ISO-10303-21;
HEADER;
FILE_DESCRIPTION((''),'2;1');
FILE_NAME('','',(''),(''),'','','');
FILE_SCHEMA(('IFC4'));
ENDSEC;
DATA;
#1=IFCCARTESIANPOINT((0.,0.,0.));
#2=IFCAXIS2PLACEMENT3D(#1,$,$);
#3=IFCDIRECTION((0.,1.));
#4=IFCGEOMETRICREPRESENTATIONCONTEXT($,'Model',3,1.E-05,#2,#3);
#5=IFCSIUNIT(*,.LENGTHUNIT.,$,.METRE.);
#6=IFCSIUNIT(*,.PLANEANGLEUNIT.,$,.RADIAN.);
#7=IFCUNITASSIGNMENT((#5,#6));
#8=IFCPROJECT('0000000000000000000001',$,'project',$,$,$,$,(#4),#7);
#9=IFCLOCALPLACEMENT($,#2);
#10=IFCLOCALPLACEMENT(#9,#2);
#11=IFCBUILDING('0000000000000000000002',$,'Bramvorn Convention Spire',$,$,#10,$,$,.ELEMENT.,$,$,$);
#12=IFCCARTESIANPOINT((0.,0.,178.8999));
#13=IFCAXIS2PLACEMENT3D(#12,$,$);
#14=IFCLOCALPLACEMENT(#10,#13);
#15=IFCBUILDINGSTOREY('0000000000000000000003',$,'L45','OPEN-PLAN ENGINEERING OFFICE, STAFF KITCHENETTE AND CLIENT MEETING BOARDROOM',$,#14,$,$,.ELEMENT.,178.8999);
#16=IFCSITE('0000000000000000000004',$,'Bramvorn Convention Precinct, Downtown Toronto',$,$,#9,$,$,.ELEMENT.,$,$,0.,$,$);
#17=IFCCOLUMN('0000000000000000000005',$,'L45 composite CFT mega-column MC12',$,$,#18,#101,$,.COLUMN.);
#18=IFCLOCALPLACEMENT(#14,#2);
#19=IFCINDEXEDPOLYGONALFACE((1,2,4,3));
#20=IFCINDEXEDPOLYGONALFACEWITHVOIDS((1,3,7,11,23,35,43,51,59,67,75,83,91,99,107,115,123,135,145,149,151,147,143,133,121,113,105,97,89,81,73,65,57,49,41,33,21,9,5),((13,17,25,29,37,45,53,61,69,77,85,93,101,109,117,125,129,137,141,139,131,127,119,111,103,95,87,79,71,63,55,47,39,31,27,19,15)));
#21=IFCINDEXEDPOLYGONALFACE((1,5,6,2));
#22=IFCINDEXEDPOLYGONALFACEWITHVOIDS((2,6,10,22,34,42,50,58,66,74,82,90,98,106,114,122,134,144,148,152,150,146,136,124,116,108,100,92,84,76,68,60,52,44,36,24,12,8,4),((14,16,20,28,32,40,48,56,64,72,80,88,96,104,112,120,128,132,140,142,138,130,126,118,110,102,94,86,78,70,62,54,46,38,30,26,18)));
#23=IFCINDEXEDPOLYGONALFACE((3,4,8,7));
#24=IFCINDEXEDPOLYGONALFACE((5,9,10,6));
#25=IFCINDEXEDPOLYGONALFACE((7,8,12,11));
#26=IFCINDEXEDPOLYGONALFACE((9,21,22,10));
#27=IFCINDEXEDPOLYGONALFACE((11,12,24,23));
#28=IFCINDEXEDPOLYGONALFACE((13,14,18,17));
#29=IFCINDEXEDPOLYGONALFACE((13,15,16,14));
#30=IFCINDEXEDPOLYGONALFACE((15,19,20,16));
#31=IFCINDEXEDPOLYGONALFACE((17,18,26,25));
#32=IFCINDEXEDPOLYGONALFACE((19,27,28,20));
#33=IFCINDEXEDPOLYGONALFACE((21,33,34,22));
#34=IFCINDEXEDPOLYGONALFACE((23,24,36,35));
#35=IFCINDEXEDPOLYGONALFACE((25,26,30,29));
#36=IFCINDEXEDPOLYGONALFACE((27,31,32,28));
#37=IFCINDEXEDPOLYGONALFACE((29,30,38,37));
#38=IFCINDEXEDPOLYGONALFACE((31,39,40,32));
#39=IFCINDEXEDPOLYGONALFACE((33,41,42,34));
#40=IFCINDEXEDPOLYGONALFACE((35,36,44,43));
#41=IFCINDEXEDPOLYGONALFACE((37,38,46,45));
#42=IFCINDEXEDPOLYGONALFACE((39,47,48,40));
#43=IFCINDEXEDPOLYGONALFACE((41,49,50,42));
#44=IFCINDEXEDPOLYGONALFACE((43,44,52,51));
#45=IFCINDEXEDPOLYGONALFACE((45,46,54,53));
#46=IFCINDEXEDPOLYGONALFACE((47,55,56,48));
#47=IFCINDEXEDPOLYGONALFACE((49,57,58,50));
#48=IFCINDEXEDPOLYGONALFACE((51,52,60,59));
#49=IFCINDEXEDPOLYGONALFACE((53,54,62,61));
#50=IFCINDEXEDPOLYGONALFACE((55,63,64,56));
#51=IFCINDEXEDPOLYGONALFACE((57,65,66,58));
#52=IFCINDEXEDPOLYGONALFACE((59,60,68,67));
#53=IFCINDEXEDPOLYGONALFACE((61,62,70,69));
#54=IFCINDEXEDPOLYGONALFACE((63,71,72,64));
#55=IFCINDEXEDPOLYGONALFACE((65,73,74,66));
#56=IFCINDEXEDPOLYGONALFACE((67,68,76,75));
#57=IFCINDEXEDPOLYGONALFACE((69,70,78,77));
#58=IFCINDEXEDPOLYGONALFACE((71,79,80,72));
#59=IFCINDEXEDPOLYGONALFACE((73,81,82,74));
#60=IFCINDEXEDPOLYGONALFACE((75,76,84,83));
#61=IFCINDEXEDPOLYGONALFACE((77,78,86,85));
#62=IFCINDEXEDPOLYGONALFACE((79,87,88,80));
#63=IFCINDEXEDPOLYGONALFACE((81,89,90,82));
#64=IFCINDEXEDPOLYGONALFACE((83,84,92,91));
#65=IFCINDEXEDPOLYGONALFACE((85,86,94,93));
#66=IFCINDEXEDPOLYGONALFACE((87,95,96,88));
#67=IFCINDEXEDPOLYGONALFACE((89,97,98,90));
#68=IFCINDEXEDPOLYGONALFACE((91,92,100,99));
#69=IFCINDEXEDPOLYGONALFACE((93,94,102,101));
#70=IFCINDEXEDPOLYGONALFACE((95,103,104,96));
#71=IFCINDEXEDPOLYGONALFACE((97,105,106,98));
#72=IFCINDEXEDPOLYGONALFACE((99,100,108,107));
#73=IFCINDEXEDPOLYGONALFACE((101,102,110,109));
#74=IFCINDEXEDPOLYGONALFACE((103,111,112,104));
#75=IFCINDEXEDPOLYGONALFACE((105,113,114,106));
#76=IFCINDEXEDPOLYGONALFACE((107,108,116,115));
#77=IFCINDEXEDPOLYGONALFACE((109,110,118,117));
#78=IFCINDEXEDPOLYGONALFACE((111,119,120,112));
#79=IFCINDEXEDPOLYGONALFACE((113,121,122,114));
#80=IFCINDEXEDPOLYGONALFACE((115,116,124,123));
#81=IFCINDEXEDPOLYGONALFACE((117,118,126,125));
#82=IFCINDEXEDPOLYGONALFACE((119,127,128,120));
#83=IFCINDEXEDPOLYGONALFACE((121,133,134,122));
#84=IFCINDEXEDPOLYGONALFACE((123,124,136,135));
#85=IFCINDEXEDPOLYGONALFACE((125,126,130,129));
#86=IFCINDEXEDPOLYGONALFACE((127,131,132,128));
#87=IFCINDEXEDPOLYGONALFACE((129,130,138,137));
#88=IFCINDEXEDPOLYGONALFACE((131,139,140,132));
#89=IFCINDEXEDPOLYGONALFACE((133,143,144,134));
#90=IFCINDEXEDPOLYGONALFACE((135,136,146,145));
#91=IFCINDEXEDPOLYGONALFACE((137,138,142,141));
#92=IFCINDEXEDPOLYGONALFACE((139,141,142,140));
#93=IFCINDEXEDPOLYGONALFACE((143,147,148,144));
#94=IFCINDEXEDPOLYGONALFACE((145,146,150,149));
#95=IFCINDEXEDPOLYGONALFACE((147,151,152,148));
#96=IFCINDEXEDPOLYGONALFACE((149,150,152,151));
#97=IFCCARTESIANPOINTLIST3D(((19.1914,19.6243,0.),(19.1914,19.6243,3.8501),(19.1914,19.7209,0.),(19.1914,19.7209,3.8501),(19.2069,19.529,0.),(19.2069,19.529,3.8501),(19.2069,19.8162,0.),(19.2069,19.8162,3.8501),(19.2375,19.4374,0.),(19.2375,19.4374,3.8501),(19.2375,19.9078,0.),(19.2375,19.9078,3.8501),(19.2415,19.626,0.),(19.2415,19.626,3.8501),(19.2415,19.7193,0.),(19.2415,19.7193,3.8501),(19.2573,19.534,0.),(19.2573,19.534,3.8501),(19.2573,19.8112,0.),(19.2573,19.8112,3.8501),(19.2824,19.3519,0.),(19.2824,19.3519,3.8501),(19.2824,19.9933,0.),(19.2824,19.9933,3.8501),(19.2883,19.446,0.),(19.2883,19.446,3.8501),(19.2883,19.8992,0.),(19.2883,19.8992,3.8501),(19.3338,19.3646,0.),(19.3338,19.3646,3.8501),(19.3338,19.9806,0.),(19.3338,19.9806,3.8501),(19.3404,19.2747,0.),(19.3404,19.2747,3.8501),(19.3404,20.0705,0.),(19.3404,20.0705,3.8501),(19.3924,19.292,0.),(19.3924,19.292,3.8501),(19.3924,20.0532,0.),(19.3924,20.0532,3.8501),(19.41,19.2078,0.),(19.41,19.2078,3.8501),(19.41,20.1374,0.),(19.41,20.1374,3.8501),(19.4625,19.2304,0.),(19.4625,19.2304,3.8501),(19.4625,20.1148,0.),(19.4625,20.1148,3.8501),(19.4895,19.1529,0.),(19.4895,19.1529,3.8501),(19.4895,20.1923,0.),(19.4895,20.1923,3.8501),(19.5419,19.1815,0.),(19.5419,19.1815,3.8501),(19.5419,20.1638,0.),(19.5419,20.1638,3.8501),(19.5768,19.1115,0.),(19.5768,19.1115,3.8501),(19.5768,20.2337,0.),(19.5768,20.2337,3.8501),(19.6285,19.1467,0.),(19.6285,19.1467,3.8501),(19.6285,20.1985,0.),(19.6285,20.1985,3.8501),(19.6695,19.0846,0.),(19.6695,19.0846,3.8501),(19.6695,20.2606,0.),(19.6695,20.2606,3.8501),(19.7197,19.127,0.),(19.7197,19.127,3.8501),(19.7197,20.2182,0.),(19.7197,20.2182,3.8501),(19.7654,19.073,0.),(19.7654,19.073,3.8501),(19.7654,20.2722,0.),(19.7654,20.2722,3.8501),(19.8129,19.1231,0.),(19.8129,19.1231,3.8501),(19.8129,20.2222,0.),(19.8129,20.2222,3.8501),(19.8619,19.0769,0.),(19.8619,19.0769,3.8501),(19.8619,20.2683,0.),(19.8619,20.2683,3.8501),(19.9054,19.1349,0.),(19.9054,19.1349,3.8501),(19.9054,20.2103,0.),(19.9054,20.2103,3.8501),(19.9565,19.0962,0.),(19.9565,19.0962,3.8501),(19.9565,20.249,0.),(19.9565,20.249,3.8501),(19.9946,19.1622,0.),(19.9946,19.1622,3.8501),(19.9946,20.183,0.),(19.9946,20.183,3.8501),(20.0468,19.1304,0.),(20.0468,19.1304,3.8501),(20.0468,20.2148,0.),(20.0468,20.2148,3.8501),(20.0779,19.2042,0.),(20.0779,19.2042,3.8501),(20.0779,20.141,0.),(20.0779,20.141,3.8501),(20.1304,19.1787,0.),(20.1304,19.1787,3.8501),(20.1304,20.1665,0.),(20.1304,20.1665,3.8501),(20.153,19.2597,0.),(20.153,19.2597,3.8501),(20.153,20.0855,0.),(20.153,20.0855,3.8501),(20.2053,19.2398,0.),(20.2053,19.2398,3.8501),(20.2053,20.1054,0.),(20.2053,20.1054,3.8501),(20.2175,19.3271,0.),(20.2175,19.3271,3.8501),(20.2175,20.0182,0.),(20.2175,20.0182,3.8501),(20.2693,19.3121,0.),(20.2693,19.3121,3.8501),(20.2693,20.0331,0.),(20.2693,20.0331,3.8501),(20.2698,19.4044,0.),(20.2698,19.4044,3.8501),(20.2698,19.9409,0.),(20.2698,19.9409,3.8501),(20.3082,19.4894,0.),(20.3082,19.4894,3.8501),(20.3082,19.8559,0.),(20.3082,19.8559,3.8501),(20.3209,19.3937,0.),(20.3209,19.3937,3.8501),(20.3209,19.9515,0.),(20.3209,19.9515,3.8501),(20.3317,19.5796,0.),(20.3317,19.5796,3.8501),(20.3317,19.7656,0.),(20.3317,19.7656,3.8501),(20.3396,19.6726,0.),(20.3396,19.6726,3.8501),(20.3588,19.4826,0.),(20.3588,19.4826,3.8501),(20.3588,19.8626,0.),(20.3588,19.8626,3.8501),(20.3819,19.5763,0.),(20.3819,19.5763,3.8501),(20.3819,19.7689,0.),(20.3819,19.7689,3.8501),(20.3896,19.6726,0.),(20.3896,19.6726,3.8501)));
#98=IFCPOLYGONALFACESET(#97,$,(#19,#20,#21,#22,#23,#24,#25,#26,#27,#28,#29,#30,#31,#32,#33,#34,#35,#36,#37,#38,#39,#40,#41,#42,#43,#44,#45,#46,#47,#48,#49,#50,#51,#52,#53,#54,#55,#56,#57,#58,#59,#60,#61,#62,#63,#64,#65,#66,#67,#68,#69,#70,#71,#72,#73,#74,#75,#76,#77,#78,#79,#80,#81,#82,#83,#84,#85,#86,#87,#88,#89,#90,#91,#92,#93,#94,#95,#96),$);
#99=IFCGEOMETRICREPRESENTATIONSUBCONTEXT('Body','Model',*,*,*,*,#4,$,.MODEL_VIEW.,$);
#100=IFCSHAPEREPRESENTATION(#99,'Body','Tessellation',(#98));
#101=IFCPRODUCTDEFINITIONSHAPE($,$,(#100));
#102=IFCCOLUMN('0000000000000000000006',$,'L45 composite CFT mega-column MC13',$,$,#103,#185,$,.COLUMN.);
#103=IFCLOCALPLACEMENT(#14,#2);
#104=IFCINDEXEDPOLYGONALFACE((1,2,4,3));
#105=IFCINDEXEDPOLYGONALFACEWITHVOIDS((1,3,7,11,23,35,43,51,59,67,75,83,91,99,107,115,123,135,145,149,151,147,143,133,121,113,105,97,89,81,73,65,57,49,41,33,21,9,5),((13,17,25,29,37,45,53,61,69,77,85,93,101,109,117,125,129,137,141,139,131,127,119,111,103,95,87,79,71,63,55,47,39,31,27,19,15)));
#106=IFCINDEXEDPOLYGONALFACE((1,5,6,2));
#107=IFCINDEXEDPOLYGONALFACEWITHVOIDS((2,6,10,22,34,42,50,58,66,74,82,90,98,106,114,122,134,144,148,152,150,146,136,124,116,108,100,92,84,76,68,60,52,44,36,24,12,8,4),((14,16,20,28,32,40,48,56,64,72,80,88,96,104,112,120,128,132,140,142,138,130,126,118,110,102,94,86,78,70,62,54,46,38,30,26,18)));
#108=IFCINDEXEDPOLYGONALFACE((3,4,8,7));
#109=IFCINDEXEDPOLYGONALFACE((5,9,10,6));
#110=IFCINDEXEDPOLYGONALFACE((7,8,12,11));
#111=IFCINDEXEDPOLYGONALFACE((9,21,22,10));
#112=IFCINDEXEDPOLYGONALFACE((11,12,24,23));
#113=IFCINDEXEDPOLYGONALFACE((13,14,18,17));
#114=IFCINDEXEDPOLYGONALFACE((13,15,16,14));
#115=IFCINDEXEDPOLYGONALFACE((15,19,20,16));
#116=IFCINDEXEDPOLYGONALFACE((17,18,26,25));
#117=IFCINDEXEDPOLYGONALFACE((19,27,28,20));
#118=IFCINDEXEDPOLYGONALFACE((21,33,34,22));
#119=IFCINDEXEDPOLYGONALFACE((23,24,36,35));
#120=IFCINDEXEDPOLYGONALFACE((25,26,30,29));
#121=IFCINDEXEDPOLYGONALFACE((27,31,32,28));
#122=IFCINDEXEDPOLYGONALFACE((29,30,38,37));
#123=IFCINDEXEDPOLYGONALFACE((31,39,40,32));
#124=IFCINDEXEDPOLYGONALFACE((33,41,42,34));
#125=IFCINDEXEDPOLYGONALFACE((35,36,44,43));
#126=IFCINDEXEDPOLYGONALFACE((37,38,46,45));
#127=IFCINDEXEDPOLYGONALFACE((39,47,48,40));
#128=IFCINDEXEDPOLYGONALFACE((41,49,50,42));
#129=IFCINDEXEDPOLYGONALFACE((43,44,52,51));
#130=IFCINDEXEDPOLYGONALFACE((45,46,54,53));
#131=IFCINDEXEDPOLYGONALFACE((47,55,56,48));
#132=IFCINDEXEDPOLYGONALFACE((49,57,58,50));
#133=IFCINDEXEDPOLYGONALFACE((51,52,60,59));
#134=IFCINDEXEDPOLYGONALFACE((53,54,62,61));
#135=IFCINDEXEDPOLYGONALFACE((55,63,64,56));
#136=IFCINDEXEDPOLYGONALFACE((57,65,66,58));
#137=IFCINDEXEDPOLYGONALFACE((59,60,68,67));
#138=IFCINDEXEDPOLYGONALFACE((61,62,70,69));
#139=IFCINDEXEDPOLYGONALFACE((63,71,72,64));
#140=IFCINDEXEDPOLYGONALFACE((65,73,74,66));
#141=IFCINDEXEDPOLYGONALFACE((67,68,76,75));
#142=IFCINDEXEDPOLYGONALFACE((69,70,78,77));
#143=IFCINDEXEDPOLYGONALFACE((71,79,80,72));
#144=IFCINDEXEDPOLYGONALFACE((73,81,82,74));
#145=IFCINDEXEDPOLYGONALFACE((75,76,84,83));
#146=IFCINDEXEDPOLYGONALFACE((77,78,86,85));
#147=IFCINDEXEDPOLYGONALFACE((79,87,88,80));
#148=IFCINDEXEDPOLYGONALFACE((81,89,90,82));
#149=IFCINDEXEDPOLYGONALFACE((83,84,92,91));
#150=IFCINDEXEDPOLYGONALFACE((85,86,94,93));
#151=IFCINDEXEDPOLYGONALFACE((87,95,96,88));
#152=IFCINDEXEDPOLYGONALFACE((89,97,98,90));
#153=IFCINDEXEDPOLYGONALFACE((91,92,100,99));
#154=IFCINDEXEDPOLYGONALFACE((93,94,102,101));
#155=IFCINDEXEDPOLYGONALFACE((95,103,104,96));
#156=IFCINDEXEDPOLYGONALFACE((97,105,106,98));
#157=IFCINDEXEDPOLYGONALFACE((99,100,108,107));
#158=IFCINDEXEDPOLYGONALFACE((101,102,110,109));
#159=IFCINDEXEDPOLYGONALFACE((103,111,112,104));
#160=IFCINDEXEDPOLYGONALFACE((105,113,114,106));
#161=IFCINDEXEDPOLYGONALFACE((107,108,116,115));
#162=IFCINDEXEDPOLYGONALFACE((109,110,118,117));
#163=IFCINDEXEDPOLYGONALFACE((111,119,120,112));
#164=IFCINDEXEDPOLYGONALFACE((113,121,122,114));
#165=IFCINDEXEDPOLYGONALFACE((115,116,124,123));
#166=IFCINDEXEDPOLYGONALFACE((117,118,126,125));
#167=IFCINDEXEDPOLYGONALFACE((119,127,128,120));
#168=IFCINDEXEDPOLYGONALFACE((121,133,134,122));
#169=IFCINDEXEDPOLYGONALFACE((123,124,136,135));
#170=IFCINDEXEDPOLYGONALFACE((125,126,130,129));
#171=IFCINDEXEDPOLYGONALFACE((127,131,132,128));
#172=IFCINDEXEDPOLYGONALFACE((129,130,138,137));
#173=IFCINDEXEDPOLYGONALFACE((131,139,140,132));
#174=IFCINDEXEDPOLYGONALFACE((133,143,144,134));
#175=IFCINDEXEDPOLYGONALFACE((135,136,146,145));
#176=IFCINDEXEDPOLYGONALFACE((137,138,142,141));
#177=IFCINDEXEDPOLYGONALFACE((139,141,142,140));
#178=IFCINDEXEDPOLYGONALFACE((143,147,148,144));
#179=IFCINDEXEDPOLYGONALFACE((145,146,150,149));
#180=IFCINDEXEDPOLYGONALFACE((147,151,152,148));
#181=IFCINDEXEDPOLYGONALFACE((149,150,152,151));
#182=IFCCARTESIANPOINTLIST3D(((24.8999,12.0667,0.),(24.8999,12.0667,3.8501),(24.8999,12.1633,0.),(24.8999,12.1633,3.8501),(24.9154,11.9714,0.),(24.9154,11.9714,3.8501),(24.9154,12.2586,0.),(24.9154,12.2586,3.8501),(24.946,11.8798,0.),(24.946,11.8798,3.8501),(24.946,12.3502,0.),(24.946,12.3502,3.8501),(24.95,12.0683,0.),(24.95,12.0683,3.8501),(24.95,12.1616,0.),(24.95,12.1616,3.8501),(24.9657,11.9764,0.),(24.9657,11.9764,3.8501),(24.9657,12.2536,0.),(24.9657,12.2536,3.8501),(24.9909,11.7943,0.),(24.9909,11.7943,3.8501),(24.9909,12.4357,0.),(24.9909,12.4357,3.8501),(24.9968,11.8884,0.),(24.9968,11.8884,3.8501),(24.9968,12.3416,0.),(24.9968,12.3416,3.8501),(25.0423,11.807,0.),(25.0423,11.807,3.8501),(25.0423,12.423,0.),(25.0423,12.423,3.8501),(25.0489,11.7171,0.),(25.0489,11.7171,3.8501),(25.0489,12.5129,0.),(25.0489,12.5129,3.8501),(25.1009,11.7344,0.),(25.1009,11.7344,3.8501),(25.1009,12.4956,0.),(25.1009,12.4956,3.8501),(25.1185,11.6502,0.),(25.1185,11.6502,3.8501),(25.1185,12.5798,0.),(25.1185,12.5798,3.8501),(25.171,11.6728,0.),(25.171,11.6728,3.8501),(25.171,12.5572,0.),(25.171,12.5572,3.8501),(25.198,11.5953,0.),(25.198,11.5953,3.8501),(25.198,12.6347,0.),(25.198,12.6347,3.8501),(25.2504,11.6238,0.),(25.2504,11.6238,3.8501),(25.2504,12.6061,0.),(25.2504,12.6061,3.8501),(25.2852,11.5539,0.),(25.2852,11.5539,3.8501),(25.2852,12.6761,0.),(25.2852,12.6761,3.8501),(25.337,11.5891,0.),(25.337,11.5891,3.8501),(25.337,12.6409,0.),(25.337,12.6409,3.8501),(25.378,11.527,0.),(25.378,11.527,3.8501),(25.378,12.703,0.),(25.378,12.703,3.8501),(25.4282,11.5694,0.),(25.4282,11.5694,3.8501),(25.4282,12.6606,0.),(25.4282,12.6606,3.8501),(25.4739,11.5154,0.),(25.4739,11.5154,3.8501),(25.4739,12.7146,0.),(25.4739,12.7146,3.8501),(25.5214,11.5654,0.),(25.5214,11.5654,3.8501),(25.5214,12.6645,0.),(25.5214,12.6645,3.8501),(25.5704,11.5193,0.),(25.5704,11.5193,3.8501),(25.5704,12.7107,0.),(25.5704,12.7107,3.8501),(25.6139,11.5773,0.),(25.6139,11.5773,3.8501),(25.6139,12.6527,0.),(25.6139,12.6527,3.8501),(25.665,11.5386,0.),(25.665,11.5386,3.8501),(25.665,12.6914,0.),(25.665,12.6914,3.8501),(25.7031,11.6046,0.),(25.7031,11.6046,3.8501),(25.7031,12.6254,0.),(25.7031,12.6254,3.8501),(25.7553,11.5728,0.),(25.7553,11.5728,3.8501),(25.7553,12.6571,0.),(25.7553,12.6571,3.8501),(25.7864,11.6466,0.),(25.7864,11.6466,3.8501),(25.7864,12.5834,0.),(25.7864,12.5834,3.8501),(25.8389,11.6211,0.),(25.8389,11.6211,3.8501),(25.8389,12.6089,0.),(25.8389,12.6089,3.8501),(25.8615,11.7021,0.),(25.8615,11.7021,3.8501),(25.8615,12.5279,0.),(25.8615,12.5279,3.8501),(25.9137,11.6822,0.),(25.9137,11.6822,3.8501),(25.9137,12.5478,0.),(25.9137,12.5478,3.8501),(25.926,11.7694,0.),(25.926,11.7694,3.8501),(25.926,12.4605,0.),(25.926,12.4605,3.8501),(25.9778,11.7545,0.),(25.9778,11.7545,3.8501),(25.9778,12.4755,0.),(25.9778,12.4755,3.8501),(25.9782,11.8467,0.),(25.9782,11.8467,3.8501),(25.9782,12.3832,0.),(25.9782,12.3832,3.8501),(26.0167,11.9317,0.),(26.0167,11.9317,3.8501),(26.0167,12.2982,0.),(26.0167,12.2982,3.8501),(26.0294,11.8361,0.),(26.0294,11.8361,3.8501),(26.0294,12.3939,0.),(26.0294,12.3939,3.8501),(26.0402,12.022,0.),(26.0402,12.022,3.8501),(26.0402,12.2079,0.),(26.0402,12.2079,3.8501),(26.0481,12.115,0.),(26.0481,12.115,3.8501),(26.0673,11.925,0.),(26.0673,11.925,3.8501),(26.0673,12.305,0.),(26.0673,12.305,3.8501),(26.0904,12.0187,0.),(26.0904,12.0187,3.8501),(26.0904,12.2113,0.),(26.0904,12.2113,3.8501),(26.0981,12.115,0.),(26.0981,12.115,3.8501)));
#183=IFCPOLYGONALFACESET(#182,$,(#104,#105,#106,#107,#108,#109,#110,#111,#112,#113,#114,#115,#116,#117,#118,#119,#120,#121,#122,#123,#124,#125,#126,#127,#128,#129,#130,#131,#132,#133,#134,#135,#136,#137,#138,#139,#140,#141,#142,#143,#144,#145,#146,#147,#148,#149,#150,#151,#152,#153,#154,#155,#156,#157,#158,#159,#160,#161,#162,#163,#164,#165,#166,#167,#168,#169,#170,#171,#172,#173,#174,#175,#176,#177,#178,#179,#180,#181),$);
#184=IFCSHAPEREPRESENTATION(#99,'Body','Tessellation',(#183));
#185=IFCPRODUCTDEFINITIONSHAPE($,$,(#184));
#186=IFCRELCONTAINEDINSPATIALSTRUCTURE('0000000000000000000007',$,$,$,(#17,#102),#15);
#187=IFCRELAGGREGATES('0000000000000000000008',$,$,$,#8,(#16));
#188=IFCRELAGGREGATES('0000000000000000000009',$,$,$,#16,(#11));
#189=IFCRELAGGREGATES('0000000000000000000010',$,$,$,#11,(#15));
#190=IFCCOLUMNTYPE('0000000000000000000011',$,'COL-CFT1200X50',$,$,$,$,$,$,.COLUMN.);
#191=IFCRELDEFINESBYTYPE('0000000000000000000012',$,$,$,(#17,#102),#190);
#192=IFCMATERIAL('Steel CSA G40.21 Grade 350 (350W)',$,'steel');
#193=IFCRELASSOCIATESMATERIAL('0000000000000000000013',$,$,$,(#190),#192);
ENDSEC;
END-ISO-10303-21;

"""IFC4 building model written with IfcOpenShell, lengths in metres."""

from ifc_helpers import new_model, si_unit, direction, frame, origin, origin_2d, place, context, subcontext, project, spatial, hollow_circle, extrude, material, material_profile, profile_set, type_object, element, save


model = new_model("IFC4")

# Units and contexts
model_context = context("Model", 3, precision=1e-05, world=origin(), true_north=direction((0.0, 1.0)))
body_context = subcontext(model_context, "Body", "Model", "MODEL_VIEW")
ifc_project = project(units=[si_unit("LENGTHUNIT", "METRE"), si_unit("PLANEANGLEUNIT", "RADIAN")], contexts=[model_context])

# Site, building, storey
site_placement = place(None, origin())
site = spatial("IfcSite", under=ifc_project, at=site_placement, Name="Bramvorn Convention Precinct, Downtown Toronto", CompositionType="ELEMENT", RefElevation=0.0)
building_placement = place(site_placement, origin())
building = spatial("IfcBuilding", under=site, at=building_placement, Name="Bramvorn Convention Spire", CompositionType="ELEMENT")
storey_placement = place(building_placement, frame((0.0, 0.0, 178.8999)))
storey = spatial("IfcBuildingStorey", under=building, at=storey_placement, Name="L45", Description="OPEN-PLAN ENGINEERING OFFICE, STAFF KITCHENETTE AND CLIENT MEETING BOARDROOM", CompositionType="ELEMENT", Elevation=178.8999)

# Columns
ifc_material_1 = material(Name="Steel CSA G40.21 Grade 350 (350W)", Category="steel")
ifc_material_profile_1 = material_profile(ifc_material_1, hollow_circle(Radius=0.6001, WallThickness=0.05, at=origin_2d()))
ifc_profile_set_1 = profile_set([ifc_material_profile_1], Name="Steel CSA G40.21 Grade 350 (350W) - CFT1200X50")
column_type = type_object("IfcColumnType", Name="COL-CFT1200X50", PredefinedType="COLUMN", material=ifc_profile_set_1)
for number, where, z_axis, x_axis, name in (
    (1, (19.7896, 19.6726, 0.0), (0.0, 0.0, 1.0), (1.0, 0.0, 0.0), "L45 composite CFT mega-column MC12"),
    (2, (25.498, 12.115, 0.0), (0.0, 0.0, 1.0), (1.0, 0.0, 0.0), "L45 composite CFT mega-column MC13"),
):
    element("IfcColumn", number, at=place(storey_placement, frame(where, z_axis=z_axis, x_axis=x_axis)), inside=storey, type_object=column_type, Name=name, PredefinedType="COLUMN", context=body_context, shape_type="SweptSolid", body=[
        extrude(hollow_circle(Radius=0.6001, WallThickness=0.05, at=origin_2d()), origin(), (0.0, 0.0, 1.0), 3.8501),
    ])

save(model, "model.ifc")
